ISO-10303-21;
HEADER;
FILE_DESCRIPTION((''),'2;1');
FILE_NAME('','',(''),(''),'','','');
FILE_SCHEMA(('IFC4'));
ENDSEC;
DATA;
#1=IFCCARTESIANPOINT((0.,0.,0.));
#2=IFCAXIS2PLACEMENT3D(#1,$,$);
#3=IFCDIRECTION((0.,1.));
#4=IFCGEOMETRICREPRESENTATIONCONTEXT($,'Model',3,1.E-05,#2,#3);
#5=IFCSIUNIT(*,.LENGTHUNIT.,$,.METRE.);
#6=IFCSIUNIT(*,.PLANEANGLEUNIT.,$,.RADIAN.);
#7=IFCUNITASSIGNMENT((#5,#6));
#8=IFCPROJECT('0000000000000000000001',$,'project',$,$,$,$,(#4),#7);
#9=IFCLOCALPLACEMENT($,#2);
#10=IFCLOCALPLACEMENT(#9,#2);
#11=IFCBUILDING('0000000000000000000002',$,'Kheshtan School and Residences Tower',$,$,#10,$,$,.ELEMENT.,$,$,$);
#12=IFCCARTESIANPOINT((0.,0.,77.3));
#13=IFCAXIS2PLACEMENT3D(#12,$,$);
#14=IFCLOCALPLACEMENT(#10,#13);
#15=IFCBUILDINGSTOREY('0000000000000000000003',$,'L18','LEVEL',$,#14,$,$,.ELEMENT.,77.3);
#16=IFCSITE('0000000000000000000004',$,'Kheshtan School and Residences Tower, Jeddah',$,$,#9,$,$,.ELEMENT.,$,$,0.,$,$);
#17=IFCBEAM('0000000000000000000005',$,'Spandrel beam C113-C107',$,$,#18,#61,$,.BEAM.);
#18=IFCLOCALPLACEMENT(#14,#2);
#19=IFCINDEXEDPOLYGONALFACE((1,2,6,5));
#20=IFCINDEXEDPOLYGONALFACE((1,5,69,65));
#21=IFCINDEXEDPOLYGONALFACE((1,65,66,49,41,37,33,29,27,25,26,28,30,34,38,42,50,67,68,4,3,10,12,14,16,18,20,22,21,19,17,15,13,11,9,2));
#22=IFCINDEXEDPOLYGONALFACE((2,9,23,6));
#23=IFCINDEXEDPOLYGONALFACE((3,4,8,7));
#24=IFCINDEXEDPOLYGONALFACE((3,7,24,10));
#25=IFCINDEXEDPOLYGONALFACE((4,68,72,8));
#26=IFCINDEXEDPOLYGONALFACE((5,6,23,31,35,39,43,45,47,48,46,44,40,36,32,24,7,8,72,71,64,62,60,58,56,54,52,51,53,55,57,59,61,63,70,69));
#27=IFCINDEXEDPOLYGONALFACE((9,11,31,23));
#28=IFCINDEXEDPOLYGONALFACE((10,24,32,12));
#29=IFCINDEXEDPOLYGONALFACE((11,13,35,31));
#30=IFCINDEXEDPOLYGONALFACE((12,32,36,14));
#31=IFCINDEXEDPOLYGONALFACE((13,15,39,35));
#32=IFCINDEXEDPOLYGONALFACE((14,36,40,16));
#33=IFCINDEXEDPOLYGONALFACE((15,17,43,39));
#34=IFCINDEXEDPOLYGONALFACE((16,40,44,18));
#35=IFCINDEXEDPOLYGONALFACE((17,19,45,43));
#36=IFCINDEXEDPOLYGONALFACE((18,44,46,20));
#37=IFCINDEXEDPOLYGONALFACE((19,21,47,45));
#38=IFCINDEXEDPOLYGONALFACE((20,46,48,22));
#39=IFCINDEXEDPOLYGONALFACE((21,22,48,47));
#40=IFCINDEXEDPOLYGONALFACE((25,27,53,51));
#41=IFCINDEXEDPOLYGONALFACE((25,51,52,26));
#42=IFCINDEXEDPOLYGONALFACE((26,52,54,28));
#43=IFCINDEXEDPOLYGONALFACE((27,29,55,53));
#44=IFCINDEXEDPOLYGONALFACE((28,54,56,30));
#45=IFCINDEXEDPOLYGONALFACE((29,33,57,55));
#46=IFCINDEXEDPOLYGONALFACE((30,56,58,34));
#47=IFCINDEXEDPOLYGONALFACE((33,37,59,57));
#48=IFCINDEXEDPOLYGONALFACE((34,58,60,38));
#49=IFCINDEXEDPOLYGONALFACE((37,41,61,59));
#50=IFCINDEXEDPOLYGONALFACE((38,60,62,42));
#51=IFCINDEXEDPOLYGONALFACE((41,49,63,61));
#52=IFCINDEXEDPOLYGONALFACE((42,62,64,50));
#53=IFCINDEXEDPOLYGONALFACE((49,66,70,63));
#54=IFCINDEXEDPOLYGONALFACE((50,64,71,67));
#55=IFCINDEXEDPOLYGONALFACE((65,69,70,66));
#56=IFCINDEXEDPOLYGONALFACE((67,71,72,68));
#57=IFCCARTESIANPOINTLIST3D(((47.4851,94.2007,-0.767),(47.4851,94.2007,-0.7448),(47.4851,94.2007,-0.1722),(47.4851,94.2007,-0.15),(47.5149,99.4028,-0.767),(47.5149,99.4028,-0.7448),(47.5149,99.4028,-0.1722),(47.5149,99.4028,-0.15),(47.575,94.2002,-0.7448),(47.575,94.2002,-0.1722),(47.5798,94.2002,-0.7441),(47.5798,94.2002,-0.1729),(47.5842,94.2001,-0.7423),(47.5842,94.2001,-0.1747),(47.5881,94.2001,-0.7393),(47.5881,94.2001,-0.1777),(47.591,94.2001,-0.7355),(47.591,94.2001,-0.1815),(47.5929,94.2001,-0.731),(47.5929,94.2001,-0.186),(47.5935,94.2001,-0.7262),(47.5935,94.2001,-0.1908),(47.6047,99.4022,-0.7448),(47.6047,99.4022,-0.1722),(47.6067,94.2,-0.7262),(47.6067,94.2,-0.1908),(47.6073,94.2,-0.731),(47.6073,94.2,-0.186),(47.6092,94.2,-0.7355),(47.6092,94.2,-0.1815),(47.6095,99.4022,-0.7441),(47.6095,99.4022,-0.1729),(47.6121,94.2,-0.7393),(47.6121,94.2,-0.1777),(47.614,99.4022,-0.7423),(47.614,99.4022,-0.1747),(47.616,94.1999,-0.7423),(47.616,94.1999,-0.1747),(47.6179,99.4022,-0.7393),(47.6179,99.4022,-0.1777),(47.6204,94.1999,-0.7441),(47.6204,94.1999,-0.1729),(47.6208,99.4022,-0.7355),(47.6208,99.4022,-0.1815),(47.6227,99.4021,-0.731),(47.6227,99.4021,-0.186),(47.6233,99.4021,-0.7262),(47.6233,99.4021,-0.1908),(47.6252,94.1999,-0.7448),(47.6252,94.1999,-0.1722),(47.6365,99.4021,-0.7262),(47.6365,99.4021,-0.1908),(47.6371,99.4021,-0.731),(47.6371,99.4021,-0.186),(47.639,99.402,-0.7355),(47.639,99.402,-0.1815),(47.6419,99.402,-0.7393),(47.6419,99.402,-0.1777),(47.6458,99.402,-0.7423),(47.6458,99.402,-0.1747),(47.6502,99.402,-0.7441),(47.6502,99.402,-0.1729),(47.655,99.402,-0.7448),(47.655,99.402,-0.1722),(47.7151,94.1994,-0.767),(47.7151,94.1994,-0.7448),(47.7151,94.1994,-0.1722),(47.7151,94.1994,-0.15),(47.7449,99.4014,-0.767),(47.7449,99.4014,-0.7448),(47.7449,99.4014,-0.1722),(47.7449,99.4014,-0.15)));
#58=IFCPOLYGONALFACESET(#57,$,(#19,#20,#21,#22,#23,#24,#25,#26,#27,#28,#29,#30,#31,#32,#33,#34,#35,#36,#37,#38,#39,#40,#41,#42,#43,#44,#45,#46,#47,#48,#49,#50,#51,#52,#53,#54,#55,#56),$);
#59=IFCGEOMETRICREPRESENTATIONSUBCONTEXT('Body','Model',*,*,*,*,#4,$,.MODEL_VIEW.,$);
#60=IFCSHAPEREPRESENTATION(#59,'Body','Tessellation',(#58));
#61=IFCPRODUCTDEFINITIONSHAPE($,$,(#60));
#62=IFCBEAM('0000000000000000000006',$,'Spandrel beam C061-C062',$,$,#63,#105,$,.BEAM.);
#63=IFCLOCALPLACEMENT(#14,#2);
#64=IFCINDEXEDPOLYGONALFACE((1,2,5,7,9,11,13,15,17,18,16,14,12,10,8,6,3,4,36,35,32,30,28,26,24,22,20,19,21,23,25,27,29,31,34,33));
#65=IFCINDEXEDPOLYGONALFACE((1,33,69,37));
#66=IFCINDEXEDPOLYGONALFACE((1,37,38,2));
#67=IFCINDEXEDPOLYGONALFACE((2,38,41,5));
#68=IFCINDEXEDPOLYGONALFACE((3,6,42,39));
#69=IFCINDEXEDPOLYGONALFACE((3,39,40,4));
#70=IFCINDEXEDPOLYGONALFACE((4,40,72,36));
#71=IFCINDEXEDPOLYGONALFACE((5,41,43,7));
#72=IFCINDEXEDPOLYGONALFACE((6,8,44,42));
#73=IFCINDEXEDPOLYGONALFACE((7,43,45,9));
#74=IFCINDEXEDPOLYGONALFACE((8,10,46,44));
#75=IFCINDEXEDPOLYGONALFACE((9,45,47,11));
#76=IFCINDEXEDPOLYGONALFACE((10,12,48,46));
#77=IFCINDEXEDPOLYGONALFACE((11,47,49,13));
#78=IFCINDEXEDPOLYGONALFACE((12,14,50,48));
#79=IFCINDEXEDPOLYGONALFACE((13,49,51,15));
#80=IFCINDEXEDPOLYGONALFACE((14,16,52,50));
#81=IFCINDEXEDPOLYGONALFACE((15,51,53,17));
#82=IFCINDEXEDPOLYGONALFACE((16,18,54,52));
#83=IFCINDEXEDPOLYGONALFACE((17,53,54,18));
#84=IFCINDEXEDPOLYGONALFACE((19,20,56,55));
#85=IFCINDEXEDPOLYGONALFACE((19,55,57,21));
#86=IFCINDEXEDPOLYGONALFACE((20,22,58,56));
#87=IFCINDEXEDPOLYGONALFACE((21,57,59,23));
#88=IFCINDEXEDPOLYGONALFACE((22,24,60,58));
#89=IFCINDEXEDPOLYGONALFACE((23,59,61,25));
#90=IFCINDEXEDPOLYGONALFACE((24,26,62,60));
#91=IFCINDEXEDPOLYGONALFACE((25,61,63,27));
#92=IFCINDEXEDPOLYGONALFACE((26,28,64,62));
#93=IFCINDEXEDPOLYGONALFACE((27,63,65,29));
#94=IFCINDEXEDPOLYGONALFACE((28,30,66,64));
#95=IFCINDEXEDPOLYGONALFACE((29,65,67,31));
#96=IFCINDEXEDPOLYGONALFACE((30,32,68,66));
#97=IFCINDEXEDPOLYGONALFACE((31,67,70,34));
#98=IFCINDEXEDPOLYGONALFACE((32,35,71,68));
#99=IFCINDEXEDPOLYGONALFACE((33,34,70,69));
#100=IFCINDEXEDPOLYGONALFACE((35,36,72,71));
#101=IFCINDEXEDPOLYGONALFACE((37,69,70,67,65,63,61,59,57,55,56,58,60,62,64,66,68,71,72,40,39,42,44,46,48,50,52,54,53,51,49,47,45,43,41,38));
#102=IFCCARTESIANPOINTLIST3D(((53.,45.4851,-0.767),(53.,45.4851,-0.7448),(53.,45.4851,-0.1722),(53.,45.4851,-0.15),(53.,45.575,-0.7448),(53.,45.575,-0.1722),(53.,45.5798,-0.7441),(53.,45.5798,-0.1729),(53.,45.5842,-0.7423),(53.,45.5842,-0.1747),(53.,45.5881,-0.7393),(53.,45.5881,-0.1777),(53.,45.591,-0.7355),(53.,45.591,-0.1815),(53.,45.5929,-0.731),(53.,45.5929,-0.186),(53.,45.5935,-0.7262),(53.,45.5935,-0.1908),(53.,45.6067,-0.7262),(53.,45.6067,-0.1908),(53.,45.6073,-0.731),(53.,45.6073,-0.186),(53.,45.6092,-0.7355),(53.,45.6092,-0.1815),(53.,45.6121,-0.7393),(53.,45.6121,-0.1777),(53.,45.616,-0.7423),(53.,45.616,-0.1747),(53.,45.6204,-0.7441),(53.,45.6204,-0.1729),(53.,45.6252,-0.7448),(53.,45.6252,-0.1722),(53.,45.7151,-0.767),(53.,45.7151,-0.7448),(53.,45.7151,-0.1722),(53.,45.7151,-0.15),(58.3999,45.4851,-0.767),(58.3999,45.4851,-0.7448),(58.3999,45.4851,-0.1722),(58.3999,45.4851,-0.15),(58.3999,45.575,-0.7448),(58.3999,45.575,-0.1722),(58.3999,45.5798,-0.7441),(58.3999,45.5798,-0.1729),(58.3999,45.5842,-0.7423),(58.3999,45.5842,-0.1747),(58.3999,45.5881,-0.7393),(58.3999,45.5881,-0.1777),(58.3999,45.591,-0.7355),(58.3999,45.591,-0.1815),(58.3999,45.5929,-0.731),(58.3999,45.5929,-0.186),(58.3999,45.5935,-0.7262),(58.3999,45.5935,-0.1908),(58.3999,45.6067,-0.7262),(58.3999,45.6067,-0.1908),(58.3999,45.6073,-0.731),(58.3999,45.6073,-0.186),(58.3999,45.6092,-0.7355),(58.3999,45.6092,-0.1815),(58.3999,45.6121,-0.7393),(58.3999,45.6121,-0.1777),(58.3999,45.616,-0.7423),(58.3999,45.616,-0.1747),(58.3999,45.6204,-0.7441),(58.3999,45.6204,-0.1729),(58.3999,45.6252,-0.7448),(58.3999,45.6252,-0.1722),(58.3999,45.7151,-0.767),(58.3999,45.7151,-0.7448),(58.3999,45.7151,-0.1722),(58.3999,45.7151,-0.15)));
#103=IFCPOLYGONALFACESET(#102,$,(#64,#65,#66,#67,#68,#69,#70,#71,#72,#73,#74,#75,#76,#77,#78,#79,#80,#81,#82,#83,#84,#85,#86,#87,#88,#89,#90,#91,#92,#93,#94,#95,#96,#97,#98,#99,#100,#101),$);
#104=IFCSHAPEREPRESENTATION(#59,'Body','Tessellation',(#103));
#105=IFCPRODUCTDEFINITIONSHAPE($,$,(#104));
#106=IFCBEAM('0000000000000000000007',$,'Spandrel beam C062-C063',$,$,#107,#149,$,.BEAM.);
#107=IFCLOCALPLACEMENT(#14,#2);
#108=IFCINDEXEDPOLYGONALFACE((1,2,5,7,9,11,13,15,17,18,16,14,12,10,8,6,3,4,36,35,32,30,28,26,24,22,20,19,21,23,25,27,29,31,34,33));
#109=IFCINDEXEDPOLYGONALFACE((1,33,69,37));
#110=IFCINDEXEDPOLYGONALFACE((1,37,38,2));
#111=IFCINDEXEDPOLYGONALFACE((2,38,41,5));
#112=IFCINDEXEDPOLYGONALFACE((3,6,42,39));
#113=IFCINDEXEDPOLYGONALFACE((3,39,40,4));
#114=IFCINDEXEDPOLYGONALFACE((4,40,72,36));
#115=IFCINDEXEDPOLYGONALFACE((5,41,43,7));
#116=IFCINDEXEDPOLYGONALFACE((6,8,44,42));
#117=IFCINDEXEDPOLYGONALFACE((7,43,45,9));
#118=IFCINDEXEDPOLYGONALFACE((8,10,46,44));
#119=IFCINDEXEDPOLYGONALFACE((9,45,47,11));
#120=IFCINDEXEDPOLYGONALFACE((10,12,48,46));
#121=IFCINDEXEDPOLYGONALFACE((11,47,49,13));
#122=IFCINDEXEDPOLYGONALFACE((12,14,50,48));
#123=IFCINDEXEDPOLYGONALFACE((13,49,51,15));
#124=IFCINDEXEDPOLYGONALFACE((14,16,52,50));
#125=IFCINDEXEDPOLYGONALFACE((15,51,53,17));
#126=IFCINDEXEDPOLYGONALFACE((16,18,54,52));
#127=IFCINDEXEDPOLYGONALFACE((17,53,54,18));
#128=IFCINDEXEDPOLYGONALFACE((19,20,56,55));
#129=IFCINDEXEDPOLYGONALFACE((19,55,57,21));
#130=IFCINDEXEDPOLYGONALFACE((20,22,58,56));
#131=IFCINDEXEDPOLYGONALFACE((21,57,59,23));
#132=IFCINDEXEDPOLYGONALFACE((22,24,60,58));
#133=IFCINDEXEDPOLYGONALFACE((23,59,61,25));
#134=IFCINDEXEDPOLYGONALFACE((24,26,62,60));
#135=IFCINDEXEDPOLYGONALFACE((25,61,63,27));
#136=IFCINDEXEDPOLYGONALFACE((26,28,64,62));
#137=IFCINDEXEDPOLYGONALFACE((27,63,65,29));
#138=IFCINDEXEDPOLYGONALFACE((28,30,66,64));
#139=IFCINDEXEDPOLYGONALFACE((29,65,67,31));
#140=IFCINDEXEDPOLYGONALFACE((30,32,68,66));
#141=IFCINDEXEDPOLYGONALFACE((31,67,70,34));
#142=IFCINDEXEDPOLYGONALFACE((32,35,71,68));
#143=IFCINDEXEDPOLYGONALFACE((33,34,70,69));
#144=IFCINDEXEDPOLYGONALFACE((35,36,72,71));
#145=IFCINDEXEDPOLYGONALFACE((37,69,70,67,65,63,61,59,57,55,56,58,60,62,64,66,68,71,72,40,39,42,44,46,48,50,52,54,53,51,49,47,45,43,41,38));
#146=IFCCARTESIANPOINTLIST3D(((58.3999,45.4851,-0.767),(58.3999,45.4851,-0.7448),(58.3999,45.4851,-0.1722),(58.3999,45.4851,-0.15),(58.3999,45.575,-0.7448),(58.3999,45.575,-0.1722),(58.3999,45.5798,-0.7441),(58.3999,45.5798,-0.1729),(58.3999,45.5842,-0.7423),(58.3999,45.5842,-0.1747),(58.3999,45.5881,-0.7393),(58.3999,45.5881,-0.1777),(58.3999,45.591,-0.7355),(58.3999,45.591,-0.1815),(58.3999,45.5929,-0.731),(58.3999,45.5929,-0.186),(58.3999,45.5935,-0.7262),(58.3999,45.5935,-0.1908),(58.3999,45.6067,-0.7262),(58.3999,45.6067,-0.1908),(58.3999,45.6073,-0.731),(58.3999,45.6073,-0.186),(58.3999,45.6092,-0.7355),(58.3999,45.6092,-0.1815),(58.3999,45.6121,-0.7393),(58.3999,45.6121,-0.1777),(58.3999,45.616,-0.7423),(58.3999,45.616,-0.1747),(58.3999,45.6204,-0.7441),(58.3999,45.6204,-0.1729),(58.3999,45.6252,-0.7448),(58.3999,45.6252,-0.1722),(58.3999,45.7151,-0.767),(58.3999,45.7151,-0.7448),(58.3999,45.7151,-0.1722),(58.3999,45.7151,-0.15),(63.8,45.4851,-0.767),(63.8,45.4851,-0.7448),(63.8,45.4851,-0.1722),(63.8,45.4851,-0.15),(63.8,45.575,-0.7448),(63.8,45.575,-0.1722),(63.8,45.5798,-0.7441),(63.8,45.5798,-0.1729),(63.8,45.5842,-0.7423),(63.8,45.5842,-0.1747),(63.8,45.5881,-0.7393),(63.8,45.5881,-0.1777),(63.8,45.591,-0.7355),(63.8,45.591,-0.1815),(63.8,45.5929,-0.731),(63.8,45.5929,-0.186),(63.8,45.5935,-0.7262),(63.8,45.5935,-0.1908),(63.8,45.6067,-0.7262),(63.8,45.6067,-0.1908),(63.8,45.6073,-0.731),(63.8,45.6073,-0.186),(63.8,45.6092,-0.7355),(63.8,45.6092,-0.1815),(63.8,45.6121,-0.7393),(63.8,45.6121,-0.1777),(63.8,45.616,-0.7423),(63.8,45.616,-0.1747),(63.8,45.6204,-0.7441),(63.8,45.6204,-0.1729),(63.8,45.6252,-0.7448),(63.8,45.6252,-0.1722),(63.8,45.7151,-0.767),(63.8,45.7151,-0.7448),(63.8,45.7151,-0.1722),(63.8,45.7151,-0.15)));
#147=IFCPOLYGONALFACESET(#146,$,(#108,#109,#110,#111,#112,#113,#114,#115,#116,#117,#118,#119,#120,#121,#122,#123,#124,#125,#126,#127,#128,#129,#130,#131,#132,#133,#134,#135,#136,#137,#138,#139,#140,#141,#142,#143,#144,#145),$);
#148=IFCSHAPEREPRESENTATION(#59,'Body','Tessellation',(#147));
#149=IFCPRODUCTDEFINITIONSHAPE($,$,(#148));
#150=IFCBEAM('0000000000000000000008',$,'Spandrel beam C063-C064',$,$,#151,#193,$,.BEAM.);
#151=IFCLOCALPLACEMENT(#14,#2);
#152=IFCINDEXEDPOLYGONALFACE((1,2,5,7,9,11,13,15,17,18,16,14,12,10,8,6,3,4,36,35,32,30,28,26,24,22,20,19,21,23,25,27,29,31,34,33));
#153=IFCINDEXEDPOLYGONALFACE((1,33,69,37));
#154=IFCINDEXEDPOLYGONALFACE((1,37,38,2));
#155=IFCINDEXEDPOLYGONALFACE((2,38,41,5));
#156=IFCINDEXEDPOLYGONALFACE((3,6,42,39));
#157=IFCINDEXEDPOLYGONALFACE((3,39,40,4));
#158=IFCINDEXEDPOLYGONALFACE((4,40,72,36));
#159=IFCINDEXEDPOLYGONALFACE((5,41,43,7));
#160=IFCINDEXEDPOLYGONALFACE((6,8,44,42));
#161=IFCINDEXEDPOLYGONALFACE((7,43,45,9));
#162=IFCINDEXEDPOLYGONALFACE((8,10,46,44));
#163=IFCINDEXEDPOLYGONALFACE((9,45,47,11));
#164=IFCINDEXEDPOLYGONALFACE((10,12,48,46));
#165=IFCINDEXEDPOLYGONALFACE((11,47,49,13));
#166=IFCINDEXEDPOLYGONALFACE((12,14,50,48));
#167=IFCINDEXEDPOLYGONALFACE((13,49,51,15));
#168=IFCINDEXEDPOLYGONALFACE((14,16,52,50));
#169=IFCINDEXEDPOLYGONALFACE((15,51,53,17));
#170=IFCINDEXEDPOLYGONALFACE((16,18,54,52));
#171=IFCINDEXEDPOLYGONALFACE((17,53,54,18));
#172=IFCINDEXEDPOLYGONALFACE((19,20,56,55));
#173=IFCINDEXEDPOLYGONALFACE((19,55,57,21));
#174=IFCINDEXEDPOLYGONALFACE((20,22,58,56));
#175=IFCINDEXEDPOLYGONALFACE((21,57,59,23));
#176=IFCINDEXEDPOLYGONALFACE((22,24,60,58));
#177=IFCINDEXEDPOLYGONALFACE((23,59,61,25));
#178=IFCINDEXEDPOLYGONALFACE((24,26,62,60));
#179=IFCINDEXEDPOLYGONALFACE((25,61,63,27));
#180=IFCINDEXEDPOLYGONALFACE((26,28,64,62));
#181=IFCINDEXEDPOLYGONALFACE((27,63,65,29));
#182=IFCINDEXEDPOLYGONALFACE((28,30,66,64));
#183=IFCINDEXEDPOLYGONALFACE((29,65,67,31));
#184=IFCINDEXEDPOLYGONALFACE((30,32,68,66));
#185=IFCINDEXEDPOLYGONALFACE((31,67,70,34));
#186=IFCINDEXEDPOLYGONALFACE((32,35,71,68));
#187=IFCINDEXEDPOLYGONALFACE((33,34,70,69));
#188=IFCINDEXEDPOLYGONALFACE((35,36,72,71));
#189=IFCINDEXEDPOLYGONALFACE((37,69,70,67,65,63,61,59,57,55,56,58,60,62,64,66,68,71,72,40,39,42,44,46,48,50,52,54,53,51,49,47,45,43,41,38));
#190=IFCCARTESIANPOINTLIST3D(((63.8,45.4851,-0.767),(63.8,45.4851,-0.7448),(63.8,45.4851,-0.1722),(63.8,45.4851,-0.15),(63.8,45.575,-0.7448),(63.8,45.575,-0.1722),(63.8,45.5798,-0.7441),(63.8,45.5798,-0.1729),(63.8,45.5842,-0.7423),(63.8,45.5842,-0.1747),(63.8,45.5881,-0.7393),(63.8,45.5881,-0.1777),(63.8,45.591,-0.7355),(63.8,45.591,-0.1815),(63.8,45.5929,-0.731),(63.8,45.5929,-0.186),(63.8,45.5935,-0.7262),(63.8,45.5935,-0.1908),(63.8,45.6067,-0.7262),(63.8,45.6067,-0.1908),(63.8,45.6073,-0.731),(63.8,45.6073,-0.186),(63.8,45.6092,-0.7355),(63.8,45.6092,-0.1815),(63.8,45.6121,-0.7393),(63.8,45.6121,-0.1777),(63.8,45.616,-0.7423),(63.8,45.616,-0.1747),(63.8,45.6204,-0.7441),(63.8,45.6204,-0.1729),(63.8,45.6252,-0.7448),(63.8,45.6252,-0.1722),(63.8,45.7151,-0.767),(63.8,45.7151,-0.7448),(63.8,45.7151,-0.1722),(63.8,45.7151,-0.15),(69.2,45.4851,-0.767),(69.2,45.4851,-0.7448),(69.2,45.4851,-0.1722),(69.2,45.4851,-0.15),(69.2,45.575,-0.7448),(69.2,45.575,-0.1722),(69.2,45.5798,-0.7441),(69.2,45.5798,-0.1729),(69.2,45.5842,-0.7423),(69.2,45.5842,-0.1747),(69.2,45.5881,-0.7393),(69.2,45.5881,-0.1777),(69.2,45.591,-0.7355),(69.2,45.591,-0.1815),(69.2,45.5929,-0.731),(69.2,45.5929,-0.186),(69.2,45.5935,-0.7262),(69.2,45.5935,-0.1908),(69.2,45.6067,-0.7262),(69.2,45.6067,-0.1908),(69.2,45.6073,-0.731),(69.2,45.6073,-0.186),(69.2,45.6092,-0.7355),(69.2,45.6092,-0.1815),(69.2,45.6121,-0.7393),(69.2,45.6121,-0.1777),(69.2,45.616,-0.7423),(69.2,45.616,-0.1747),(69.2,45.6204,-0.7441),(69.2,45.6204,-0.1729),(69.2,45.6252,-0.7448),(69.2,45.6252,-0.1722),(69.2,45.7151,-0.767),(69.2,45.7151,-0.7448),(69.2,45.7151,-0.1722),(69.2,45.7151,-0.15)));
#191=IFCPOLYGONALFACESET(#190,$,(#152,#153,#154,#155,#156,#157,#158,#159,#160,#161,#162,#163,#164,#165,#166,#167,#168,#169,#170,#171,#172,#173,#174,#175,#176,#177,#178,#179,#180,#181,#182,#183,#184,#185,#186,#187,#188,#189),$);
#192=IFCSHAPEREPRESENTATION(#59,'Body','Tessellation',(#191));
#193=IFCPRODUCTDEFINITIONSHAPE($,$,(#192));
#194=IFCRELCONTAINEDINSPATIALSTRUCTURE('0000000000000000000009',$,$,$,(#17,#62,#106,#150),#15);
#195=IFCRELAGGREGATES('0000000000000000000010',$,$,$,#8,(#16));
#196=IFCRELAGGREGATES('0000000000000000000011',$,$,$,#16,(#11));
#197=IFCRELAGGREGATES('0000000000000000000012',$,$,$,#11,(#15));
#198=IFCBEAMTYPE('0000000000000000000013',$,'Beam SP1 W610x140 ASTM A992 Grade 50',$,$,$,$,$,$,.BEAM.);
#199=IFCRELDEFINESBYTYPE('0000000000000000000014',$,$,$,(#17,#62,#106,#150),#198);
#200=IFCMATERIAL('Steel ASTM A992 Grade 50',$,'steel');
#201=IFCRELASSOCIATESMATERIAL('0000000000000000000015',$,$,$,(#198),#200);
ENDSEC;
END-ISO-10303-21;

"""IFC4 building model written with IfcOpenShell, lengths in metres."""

from ifc_helpers import new_model, si_unit, direction, frame, origin, origin_2d, place, context, subcontext, project, spatial, i_section, extrude, material, material_profile, profile_set, type_object, element, save


model = new_model("IFC4")

# Units and contexts
model_context = context("Model", 3, precision=1e-05, world=origin(), true_north=direction((0.0, 1.0)))
body_context = subcontext(model_context, "Body", "Model", "MODEL_VIEW")
ifc_project = project(units=[si_unit("LENGTHUNIT", "METRE"), si_unit("PLANEANGLEUNIT", "RADIAN")], contexts=[model_context])

# Site, building, storey
site_placement = place(None, origin())
site = spatial("IfcSite", under=ifc_project, at=site_placement, Name="Kheshtan School and Residences Tower, Jeddah", CompositionType="ELEMENT", RefElevation=0.0)
building_placement = place(site_placement, origin())
building = spatial("IfcBuilding", under=site, at=building_placement, Name="Kheshtan School and Residences Tower", CompositionType="ELEMENT")
storey_placement = place(building_placement, frame((0.0, 0.0, 77.3)))
storey = spatial("IfcBuildingStorey", under=building, at=storey_placement, Name="L18", Description="LEVEL", CompositionType="ELEMENT", Elevation=77.3)

# Shared definitions
ifc_material_1 = material(Name="Steel ASTM A992 Grade 50", Category="steel")

# Beams
ifc_material_profile_1 = material_profile(ifc_material_1, i_section(OverallWidth=0.23, OverallDepth=0.6169, WebThickness=0.0132, FlangeThickness=0.0222, FilletRadius=0.0186, at=origin_2d()), Name="W610x140")
ifc_profile_set_1 = profile_set([ifc_material_profile_1], Name="Steel ASTM A992 Grade 50")
beam_type_1 = type_object("IfcBeamType", Name="Beam SP1 W610x140 ASTM A992 Grade 50", PredefinedType="BEAM", material=ifc_profile_set_1)
beam_1_placement = place(storey_placement, frame((47.6299, 99.4021, -0.4585), z_axis=(-0.005725, -0.999984, 0.0), x_axis=(0.999984, -0.005725, 0.0)))
element("IfcBeam", 1, at=beam_1_placement, inside=storey, type_object=beam_type_1, Name="Spandrel beam C113-C107", PredefinedType="BEAM", context=body_context, shape_type="SweptSolid", body=[
    extrude(i_section(OverallWidth=0.23, OverallDepth=0.6169, WebThickness=0.0132, FlangeThickness=0.0222, FilletRadius=0.0186, at=origin_2d()), origin(), (0.0, 0.0, 1.0), 5.2021),
])
beam_2_placement = place(storey_placement, frame((53.0, 45.6001, -0.4585), z_axis=(1.0, 0.0, 0.0), x_axis=(0.0, 1.0, 0.0)))
element("IfcBeam", 2, at=beam_2_placement, inside=storey, type_object=beam_type_1, Name="Spandrel beam C061-C062", PredefinedType="BEAM", context=body_context, shape_type="SweptSolid", body=[
    extrude(i_section(OverallWidth=0.23, OverallDepth=0.6169, WebThickness=0.0132, FlangeThickness=0.0222, FilletRadius=0.0186, at=origin_2d()), origin(), (0.0, 0.0, 1.0), 5.3999),
])
beam_3_placement = place(storey_placement, frame((58.3999, 45.6001, -0.4585), z_axis=(1.0, 0.0, 0.0), x_axis=(0.0, 1.0, 0.0)))
element("IfcBeam", 3, at=beam_3_placement, inside=storey, type_object=beam_type_1, Name="Spandrel beam C062-C063", PredefinedType="BEAM", context=body_context, shape_type="SweptSolid", body=[
    extrude(i_section(OverallWidth=0.23, OverallDepth=0.6169, WebThickness=0.0132, FlangeThickness=0.0222, FilletRadius=0.0186, at=origin_2d()), origin(), (0.0, 0.0, 1.0), 5.4001),
])
beam_4_placement = place(storey_placement, frame((63.8, 45.6001, -0.4585), z_axis=(1.0, 0.0, 0.0), x_axis=(0.0, 1.0, 0.0)))
element("IfcBeam", 4, at=beam_4_placement, inside=storey, type_object=beam_type_1, Name="Spandrel beam C063-C064", PredefinedType="BEAM", context=body_context, shape_type="SweptSolid", body=[
    extrude(i_section(OverallWidth=0.23, OverallDepth=0.6169, WebThickness=0.0132, FlangeThickness=0.0222, FilletRadius=0.0186, at=origin_2d()), origin(), (0.0, 0.0, 1.0), 5.3999),
])

save(model, "model.ifc")
